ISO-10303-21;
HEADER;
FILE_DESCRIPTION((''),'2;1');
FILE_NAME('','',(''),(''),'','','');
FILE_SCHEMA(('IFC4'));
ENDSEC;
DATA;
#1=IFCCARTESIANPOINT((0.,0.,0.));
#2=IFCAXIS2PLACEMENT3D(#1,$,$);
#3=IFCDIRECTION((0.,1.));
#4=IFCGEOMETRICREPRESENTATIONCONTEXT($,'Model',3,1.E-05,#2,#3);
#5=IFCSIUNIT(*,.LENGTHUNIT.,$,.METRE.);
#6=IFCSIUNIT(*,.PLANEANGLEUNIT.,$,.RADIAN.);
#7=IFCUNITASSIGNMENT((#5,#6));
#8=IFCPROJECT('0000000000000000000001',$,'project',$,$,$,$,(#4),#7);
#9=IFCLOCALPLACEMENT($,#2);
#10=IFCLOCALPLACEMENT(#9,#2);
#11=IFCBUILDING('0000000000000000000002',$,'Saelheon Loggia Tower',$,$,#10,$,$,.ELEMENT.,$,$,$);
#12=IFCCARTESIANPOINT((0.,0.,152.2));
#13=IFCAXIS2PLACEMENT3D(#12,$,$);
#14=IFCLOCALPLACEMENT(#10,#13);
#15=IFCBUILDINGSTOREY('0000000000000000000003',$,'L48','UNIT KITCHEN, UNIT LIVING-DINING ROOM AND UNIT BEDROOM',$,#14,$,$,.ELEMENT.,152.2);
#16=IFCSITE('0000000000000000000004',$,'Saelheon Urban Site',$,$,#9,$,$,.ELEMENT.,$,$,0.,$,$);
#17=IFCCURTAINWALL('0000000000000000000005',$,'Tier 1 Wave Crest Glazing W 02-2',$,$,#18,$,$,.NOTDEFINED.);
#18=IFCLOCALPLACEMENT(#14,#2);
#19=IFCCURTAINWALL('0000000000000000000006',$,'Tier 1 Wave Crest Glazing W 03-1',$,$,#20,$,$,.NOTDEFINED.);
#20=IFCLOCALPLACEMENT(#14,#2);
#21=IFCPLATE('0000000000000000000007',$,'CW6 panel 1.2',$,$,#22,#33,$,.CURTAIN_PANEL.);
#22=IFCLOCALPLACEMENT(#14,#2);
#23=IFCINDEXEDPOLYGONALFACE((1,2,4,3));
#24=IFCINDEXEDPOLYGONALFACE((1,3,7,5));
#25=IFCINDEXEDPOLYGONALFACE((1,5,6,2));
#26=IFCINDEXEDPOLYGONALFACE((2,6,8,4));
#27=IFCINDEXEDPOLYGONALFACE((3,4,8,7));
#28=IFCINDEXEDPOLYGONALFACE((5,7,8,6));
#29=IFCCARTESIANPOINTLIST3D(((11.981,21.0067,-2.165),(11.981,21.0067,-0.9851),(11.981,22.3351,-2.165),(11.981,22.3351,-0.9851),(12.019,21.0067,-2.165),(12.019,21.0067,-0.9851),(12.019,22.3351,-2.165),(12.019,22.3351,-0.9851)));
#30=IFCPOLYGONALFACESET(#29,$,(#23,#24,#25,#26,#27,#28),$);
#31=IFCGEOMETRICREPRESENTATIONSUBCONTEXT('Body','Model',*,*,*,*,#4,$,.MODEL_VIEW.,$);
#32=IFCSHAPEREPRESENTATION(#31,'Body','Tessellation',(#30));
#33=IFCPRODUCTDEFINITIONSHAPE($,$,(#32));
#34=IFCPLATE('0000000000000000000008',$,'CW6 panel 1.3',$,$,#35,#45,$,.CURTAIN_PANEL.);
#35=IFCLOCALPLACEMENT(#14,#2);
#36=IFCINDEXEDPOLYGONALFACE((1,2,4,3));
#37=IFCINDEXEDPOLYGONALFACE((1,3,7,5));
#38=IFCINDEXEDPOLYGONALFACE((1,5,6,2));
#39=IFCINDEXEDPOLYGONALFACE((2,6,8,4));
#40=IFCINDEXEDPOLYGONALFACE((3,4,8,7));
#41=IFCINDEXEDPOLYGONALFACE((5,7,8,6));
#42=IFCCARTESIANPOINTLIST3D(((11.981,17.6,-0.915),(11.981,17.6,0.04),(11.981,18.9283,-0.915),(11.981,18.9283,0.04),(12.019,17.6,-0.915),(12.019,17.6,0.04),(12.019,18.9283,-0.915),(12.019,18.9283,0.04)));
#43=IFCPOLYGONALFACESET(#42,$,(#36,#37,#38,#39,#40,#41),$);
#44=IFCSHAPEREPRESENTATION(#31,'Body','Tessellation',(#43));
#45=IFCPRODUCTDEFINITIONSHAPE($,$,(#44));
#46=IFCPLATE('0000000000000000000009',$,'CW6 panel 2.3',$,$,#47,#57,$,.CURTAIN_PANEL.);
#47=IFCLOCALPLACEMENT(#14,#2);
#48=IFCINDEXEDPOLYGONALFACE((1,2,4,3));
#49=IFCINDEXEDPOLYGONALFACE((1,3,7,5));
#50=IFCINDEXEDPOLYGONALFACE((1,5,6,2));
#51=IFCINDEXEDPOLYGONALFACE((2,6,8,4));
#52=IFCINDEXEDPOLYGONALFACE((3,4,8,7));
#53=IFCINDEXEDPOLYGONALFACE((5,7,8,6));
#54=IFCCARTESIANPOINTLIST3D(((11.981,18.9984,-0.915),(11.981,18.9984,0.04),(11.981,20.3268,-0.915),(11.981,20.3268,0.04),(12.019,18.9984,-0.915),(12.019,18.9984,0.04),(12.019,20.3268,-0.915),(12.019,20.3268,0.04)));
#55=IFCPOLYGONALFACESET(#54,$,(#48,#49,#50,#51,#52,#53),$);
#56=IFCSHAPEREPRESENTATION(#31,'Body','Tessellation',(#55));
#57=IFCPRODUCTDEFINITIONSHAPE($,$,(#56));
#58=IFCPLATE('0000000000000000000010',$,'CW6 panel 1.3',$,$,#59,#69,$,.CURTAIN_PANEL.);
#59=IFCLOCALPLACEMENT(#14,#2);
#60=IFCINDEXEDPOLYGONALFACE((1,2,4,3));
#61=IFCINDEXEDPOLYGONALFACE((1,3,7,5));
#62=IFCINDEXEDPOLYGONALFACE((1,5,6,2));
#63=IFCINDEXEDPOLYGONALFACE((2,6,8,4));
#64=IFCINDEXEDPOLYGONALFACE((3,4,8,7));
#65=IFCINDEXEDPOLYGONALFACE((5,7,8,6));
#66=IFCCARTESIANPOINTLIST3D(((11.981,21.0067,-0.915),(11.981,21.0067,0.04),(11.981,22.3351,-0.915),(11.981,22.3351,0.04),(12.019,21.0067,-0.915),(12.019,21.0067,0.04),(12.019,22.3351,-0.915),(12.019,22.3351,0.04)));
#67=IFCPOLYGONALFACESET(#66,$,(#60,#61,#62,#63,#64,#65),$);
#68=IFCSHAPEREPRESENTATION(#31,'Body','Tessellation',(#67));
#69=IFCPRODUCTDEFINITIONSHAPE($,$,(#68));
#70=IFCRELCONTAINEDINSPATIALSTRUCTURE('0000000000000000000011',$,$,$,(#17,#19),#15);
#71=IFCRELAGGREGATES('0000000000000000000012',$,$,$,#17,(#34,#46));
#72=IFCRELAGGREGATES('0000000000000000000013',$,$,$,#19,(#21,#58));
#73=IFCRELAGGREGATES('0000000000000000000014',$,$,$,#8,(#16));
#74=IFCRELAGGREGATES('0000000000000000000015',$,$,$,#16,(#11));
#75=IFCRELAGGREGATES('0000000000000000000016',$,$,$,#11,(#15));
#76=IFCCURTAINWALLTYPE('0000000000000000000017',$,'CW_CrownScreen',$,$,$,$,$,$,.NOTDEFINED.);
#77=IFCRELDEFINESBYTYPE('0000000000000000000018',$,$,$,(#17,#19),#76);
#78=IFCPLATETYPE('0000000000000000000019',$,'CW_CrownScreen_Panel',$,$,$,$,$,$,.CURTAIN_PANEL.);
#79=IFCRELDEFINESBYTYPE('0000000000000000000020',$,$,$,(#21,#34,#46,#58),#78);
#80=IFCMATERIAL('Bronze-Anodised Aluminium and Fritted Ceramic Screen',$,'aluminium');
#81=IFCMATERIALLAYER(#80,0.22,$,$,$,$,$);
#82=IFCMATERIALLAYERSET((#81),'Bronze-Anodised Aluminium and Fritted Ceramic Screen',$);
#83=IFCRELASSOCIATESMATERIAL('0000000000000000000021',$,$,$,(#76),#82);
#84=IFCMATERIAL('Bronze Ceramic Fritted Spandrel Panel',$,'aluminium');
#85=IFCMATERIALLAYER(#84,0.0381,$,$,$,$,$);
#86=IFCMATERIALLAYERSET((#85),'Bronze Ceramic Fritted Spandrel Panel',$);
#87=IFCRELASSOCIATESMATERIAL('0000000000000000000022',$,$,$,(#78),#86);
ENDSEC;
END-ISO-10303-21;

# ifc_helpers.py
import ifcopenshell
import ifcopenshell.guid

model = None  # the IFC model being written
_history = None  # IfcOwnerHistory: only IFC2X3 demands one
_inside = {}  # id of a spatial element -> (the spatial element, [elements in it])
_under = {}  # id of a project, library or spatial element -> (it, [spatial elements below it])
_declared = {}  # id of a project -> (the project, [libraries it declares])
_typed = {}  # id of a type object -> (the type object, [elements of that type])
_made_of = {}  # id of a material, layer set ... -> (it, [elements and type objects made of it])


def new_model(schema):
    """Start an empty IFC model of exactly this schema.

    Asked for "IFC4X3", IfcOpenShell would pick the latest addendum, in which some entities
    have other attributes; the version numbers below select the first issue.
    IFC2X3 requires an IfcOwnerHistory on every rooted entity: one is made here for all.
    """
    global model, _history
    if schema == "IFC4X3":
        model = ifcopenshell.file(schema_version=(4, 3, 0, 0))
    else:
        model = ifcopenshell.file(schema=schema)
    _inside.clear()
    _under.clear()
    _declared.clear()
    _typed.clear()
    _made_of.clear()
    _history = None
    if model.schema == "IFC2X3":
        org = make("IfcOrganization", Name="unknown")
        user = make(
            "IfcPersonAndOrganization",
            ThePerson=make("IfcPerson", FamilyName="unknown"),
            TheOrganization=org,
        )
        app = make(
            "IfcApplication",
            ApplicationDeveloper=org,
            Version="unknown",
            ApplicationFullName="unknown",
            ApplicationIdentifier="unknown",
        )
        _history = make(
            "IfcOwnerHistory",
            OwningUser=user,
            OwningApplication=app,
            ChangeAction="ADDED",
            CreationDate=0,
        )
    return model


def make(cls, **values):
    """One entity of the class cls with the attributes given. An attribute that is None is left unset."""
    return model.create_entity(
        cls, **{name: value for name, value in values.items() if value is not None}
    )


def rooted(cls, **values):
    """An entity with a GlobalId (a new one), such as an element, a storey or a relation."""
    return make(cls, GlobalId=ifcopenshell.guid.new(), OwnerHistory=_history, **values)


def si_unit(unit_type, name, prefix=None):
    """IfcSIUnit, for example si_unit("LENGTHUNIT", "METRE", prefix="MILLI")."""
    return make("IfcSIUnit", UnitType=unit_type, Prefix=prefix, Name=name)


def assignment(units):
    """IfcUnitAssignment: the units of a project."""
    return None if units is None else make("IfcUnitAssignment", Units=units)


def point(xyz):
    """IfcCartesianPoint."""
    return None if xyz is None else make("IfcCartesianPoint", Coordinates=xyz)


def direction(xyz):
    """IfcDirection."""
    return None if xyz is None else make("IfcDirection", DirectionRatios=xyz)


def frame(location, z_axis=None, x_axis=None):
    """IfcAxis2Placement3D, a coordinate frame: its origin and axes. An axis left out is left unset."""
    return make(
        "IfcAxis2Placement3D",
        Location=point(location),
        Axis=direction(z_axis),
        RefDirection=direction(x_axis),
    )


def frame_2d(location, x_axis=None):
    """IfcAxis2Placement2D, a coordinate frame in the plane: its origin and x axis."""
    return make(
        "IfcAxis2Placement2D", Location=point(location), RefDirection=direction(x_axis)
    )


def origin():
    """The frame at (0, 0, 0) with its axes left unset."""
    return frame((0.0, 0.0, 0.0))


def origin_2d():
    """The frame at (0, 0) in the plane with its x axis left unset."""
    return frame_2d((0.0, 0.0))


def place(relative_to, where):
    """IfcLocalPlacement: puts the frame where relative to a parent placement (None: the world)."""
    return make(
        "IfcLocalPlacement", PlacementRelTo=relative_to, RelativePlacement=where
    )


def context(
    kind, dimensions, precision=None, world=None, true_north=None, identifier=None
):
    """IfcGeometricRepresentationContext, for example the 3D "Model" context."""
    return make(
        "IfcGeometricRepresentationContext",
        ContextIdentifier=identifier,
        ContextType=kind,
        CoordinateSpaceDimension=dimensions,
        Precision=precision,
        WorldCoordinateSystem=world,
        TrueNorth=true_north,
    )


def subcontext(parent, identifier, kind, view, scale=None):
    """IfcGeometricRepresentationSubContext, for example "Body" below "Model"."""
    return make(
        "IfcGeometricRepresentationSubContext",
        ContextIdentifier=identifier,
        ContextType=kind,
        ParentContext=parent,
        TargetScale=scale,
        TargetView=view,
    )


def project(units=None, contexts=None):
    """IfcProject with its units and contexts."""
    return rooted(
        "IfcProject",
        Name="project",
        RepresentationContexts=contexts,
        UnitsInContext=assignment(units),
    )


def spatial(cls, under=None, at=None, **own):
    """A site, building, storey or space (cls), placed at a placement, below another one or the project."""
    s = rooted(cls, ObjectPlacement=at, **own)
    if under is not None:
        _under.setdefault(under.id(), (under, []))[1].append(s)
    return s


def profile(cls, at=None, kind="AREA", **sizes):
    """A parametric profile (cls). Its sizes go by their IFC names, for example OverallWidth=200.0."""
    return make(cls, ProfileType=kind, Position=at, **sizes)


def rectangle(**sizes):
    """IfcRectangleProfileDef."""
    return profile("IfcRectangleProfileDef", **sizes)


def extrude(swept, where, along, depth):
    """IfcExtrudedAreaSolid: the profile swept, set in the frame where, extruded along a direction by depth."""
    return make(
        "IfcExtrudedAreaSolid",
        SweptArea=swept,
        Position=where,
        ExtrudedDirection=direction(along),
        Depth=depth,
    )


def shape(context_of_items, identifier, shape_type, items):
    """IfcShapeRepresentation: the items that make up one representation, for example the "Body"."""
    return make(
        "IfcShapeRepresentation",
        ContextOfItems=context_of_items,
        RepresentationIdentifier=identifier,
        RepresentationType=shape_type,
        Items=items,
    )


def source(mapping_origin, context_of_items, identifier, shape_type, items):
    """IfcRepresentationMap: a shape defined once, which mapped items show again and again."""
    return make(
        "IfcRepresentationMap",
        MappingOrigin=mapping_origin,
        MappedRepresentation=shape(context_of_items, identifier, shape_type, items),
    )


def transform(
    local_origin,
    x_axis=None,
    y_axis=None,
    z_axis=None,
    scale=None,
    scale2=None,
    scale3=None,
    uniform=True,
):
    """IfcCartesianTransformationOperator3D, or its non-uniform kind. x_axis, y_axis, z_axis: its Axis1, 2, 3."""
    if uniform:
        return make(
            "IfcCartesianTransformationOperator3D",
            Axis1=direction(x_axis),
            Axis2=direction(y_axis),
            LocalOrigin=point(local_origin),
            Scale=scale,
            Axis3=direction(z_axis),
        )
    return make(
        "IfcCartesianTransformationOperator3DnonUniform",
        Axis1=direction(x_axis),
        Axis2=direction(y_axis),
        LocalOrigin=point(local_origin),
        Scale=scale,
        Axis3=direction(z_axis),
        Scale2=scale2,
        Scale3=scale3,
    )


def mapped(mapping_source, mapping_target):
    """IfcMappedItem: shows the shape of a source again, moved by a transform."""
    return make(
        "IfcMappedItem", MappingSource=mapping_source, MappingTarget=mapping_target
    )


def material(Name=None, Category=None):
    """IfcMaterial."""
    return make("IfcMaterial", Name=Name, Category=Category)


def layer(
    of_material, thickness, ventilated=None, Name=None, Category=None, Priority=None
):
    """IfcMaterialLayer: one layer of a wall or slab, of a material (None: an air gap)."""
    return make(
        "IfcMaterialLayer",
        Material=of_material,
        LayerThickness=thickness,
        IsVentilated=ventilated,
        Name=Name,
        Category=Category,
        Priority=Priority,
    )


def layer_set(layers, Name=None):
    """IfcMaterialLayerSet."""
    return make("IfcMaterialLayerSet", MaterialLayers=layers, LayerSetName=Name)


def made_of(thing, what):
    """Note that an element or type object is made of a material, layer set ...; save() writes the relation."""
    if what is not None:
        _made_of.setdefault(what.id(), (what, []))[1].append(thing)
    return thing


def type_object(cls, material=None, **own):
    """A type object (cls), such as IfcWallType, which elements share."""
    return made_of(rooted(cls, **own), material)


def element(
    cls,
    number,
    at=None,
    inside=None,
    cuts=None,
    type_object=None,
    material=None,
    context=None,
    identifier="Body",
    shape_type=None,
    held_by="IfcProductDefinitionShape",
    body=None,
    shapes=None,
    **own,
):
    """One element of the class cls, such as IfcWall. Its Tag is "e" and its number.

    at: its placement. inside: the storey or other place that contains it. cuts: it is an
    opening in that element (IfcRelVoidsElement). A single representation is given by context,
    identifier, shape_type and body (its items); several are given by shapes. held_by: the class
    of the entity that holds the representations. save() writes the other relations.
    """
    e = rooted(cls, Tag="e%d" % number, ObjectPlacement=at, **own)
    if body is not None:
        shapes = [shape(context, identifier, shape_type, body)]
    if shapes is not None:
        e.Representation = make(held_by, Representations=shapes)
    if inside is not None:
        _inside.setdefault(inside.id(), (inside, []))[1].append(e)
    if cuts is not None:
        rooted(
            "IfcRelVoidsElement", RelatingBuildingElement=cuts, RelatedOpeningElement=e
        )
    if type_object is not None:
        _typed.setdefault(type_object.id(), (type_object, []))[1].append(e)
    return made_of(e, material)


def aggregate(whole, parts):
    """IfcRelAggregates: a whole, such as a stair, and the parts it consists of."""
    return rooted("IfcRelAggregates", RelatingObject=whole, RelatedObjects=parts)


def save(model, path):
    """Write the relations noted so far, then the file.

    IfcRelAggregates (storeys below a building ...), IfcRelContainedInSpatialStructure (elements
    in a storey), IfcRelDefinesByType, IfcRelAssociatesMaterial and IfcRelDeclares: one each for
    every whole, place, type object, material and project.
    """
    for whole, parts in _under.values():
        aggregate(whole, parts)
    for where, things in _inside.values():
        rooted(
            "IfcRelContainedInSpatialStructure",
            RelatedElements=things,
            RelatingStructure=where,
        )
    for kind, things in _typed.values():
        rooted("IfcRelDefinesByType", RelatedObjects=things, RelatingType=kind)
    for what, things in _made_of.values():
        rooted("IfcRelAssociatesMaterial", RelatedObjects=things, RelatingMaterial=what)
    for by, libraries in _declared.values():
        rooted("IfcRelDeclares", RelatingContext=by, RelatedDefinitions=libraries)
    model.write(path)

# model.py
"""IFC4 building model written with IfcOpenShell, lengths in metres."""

from ifc_helpers import new_model, si_unit, direction, frame, origin, origin_2d, place, context, subcontext, project, spatial, rectangle, extrude, source, transform, mapped, material, layer, layer_set, type_object, element, aggregate, save


model = new_model("IFC4")

# Units and contexts
model_context = context("Model", 3, precision=1e-05, world=origin(), true_north=direction((0.0, 1.0)))
body_context = subcontext(model_context, "Body", "Model", "MODEL_VIEW")
ifc_project = project(units=[si_unit("LENGTHUNIT", "METRE"), si_unit("PLANEANGLEUNIT", "RADIAN")], contexts=[model_context])

# Site, building, storey
site_placement = place(None, origin())
site = spatial("IfcSite", under=ifc_project, at=site_placement, Name="Saelheon Urban Site", CompositionType="ELEMENT", RefElevation=0.0)
building_placement = place(site_placement, origin())
building = spatial("IfcBuilding", under=site, at=building_placement, Name="Saelheon Loggia Tower", CompositionType="ELEMENT")
storey_placement = place(building_placement, frame((0.0, 0.0, 152.2)))
storey = spatial("IfcBuildingStorey", under=building, at=storey_placement, Name="L48", Description="UNIT KITCHEN, UNIT LIVING-DINING ROOM AND UNIT BEDROOM", CompositionType="ELEMENT", Elevation=152.2)

# Curtain walls
ifc_material_1 = material(Name="Bronze-Anodised Aluminium and Fritted Ceramic Screen", Category="aluminium")
ifc_layer_1 = layer(ifc_material_1, 0.22)
ifc_layer_set_1 = layer_set([ifc_layer_1], Name="Bronze-Anodised Aluminium and Fritted Ceramic Screen")
curtain_wall_type = type_object("IfcCurtainWallType", Name="CW_CrownScreen", PredefinedType="NOTDEFINED", material=ifc_layer_set_1)
curtain_wall_1_placement = place(storey_placement, origin())
curtain_wall_1 = element("IfcCurtainWall", 1, at=curtain_wall_1_placement, inside=storey, type_object=curtain_wall_type, Name="Tier 1 Wave Crest Glazing W 02-2", PredefinedType="NOTDEFINED")
curtain_wall_2_placement = place(storey_placement, origin())
curtain_wall_2 = element("IfcCurtainWall", 2, at=curtain_wall_2_placement, inside=storey, type_object=curtain_wall_type, Name="Tier 1 Wave Crest Glazing W 03-1", PredefinedType="NOTDEFINED")

# Plates
ifc_material_2 = material(Name="Bronze Ceramic Fritted Spandrel Panel", Category="aluminium")
ifc_layer_2 = layer(ifc_material_2, 0.0381)
ifc_layer_set_2 = layer_set([ifc_layer_2], Name="Bronze Ceramic Fritted Spandrel Panel")
plate_type = type_object("IfcPlateType", Name="CW_CrownScreen_Panel", PredefinedType="CURTAIN_PANEL", material=ifc_layer_set_2)
shared_shape_1 = source(origin(), body_context, "Body", "SweptSolid", [
    extrude(rectangle(XDim=1.3284, YDim=0.0381, at=origin_2d()), origin(), (0.0, 0.0, 1.0), 1.1799),
])
plate_1_placement = place(storey_placement, frame((12.0, 21.6709, -2.165), z_axis=(0.0, 0.0, 1.0), x_axis=(0.0, 1.0, 0.0)))
plate_1 = element("IfcPlate", 3, at=plate_1_placement, type_object=plate_type, Name="CW6 panel 1.2", PredefinedType="CURTAIN_PANEL", context=body_context, shape_type="MappedRepresentation", body=[
    mapped(shared_shape_1, transform((0.0, 0.0, 0.0), scale=1.0)),
])
shared_shape_2 = source(origin(), body_context, "Body", "SweptSolid", [
    extrude(rectangle(XDim=1.3284, YDim=0.0381, at=origin_2d()), origin(), (0.0, 0.0, 1.0), 0.9551),
])
plate_2_placement = place(storey_placement, frame((12.0, 18.2642, -0.915), z_axis=(0.0, 0.0, 1.0), x_axis=(0.0, 1.0, 0.0)))
plate_2 = element("IfcPlate", 4, at=plate_2_placement, type_object=plate_type, Name="CW6 panel 1.3", PredefinedType="CURTAIN_PANEL", context=body_context, shape_type="MappedRepresentation", body=[
    mapped(shared_shape_2, transform((0.0, 0.0, 0.0), scale=1.0)),
])
plate_3_placement = place(storey_placement, frame((12.0, 19.6626, -0.915), z_axis=(0.0, 0.0, 1.0), x_axis=(0.0, 1.0, 0.0)))
plate_3 = element("IfcPlate", 5, at=plate_3_placement, type_object=plate_type, Name="CW6 panel 2.3", PredefinedType="CURTAIN_PANEL", context=body_context, shape_type="MappedRepresentation", body=[
    mapped(shared_shape_2, transform((0.0, 0.0, 0.0), scale=1.0)),
])
aggregate(curtain_wall_1, [plate_2, plate_3])
plate_4_placement = place(storey_placement, frame((12.0, 21.6709, -0.915), z_axis=(0.0, 0.0, 1.0), x_axis=(0.0, 1.0, 0.0)))
plate_4 = element("IfcPlate", 6, at=plate_4_placement, type_object=plate_type, Name="CW6 panel 1.3", PredefinedType="CURTAIN_PANEL", context=body_context, shape_type="MappedRepresentation", body=[
    mapped(shared_shape_2, transform((0.0, 0.0, 0.0), scale=1.0)),
])
aggregate(curtain_wall_2, [plate_1, plate_4])

save(model, "model.ifc")
